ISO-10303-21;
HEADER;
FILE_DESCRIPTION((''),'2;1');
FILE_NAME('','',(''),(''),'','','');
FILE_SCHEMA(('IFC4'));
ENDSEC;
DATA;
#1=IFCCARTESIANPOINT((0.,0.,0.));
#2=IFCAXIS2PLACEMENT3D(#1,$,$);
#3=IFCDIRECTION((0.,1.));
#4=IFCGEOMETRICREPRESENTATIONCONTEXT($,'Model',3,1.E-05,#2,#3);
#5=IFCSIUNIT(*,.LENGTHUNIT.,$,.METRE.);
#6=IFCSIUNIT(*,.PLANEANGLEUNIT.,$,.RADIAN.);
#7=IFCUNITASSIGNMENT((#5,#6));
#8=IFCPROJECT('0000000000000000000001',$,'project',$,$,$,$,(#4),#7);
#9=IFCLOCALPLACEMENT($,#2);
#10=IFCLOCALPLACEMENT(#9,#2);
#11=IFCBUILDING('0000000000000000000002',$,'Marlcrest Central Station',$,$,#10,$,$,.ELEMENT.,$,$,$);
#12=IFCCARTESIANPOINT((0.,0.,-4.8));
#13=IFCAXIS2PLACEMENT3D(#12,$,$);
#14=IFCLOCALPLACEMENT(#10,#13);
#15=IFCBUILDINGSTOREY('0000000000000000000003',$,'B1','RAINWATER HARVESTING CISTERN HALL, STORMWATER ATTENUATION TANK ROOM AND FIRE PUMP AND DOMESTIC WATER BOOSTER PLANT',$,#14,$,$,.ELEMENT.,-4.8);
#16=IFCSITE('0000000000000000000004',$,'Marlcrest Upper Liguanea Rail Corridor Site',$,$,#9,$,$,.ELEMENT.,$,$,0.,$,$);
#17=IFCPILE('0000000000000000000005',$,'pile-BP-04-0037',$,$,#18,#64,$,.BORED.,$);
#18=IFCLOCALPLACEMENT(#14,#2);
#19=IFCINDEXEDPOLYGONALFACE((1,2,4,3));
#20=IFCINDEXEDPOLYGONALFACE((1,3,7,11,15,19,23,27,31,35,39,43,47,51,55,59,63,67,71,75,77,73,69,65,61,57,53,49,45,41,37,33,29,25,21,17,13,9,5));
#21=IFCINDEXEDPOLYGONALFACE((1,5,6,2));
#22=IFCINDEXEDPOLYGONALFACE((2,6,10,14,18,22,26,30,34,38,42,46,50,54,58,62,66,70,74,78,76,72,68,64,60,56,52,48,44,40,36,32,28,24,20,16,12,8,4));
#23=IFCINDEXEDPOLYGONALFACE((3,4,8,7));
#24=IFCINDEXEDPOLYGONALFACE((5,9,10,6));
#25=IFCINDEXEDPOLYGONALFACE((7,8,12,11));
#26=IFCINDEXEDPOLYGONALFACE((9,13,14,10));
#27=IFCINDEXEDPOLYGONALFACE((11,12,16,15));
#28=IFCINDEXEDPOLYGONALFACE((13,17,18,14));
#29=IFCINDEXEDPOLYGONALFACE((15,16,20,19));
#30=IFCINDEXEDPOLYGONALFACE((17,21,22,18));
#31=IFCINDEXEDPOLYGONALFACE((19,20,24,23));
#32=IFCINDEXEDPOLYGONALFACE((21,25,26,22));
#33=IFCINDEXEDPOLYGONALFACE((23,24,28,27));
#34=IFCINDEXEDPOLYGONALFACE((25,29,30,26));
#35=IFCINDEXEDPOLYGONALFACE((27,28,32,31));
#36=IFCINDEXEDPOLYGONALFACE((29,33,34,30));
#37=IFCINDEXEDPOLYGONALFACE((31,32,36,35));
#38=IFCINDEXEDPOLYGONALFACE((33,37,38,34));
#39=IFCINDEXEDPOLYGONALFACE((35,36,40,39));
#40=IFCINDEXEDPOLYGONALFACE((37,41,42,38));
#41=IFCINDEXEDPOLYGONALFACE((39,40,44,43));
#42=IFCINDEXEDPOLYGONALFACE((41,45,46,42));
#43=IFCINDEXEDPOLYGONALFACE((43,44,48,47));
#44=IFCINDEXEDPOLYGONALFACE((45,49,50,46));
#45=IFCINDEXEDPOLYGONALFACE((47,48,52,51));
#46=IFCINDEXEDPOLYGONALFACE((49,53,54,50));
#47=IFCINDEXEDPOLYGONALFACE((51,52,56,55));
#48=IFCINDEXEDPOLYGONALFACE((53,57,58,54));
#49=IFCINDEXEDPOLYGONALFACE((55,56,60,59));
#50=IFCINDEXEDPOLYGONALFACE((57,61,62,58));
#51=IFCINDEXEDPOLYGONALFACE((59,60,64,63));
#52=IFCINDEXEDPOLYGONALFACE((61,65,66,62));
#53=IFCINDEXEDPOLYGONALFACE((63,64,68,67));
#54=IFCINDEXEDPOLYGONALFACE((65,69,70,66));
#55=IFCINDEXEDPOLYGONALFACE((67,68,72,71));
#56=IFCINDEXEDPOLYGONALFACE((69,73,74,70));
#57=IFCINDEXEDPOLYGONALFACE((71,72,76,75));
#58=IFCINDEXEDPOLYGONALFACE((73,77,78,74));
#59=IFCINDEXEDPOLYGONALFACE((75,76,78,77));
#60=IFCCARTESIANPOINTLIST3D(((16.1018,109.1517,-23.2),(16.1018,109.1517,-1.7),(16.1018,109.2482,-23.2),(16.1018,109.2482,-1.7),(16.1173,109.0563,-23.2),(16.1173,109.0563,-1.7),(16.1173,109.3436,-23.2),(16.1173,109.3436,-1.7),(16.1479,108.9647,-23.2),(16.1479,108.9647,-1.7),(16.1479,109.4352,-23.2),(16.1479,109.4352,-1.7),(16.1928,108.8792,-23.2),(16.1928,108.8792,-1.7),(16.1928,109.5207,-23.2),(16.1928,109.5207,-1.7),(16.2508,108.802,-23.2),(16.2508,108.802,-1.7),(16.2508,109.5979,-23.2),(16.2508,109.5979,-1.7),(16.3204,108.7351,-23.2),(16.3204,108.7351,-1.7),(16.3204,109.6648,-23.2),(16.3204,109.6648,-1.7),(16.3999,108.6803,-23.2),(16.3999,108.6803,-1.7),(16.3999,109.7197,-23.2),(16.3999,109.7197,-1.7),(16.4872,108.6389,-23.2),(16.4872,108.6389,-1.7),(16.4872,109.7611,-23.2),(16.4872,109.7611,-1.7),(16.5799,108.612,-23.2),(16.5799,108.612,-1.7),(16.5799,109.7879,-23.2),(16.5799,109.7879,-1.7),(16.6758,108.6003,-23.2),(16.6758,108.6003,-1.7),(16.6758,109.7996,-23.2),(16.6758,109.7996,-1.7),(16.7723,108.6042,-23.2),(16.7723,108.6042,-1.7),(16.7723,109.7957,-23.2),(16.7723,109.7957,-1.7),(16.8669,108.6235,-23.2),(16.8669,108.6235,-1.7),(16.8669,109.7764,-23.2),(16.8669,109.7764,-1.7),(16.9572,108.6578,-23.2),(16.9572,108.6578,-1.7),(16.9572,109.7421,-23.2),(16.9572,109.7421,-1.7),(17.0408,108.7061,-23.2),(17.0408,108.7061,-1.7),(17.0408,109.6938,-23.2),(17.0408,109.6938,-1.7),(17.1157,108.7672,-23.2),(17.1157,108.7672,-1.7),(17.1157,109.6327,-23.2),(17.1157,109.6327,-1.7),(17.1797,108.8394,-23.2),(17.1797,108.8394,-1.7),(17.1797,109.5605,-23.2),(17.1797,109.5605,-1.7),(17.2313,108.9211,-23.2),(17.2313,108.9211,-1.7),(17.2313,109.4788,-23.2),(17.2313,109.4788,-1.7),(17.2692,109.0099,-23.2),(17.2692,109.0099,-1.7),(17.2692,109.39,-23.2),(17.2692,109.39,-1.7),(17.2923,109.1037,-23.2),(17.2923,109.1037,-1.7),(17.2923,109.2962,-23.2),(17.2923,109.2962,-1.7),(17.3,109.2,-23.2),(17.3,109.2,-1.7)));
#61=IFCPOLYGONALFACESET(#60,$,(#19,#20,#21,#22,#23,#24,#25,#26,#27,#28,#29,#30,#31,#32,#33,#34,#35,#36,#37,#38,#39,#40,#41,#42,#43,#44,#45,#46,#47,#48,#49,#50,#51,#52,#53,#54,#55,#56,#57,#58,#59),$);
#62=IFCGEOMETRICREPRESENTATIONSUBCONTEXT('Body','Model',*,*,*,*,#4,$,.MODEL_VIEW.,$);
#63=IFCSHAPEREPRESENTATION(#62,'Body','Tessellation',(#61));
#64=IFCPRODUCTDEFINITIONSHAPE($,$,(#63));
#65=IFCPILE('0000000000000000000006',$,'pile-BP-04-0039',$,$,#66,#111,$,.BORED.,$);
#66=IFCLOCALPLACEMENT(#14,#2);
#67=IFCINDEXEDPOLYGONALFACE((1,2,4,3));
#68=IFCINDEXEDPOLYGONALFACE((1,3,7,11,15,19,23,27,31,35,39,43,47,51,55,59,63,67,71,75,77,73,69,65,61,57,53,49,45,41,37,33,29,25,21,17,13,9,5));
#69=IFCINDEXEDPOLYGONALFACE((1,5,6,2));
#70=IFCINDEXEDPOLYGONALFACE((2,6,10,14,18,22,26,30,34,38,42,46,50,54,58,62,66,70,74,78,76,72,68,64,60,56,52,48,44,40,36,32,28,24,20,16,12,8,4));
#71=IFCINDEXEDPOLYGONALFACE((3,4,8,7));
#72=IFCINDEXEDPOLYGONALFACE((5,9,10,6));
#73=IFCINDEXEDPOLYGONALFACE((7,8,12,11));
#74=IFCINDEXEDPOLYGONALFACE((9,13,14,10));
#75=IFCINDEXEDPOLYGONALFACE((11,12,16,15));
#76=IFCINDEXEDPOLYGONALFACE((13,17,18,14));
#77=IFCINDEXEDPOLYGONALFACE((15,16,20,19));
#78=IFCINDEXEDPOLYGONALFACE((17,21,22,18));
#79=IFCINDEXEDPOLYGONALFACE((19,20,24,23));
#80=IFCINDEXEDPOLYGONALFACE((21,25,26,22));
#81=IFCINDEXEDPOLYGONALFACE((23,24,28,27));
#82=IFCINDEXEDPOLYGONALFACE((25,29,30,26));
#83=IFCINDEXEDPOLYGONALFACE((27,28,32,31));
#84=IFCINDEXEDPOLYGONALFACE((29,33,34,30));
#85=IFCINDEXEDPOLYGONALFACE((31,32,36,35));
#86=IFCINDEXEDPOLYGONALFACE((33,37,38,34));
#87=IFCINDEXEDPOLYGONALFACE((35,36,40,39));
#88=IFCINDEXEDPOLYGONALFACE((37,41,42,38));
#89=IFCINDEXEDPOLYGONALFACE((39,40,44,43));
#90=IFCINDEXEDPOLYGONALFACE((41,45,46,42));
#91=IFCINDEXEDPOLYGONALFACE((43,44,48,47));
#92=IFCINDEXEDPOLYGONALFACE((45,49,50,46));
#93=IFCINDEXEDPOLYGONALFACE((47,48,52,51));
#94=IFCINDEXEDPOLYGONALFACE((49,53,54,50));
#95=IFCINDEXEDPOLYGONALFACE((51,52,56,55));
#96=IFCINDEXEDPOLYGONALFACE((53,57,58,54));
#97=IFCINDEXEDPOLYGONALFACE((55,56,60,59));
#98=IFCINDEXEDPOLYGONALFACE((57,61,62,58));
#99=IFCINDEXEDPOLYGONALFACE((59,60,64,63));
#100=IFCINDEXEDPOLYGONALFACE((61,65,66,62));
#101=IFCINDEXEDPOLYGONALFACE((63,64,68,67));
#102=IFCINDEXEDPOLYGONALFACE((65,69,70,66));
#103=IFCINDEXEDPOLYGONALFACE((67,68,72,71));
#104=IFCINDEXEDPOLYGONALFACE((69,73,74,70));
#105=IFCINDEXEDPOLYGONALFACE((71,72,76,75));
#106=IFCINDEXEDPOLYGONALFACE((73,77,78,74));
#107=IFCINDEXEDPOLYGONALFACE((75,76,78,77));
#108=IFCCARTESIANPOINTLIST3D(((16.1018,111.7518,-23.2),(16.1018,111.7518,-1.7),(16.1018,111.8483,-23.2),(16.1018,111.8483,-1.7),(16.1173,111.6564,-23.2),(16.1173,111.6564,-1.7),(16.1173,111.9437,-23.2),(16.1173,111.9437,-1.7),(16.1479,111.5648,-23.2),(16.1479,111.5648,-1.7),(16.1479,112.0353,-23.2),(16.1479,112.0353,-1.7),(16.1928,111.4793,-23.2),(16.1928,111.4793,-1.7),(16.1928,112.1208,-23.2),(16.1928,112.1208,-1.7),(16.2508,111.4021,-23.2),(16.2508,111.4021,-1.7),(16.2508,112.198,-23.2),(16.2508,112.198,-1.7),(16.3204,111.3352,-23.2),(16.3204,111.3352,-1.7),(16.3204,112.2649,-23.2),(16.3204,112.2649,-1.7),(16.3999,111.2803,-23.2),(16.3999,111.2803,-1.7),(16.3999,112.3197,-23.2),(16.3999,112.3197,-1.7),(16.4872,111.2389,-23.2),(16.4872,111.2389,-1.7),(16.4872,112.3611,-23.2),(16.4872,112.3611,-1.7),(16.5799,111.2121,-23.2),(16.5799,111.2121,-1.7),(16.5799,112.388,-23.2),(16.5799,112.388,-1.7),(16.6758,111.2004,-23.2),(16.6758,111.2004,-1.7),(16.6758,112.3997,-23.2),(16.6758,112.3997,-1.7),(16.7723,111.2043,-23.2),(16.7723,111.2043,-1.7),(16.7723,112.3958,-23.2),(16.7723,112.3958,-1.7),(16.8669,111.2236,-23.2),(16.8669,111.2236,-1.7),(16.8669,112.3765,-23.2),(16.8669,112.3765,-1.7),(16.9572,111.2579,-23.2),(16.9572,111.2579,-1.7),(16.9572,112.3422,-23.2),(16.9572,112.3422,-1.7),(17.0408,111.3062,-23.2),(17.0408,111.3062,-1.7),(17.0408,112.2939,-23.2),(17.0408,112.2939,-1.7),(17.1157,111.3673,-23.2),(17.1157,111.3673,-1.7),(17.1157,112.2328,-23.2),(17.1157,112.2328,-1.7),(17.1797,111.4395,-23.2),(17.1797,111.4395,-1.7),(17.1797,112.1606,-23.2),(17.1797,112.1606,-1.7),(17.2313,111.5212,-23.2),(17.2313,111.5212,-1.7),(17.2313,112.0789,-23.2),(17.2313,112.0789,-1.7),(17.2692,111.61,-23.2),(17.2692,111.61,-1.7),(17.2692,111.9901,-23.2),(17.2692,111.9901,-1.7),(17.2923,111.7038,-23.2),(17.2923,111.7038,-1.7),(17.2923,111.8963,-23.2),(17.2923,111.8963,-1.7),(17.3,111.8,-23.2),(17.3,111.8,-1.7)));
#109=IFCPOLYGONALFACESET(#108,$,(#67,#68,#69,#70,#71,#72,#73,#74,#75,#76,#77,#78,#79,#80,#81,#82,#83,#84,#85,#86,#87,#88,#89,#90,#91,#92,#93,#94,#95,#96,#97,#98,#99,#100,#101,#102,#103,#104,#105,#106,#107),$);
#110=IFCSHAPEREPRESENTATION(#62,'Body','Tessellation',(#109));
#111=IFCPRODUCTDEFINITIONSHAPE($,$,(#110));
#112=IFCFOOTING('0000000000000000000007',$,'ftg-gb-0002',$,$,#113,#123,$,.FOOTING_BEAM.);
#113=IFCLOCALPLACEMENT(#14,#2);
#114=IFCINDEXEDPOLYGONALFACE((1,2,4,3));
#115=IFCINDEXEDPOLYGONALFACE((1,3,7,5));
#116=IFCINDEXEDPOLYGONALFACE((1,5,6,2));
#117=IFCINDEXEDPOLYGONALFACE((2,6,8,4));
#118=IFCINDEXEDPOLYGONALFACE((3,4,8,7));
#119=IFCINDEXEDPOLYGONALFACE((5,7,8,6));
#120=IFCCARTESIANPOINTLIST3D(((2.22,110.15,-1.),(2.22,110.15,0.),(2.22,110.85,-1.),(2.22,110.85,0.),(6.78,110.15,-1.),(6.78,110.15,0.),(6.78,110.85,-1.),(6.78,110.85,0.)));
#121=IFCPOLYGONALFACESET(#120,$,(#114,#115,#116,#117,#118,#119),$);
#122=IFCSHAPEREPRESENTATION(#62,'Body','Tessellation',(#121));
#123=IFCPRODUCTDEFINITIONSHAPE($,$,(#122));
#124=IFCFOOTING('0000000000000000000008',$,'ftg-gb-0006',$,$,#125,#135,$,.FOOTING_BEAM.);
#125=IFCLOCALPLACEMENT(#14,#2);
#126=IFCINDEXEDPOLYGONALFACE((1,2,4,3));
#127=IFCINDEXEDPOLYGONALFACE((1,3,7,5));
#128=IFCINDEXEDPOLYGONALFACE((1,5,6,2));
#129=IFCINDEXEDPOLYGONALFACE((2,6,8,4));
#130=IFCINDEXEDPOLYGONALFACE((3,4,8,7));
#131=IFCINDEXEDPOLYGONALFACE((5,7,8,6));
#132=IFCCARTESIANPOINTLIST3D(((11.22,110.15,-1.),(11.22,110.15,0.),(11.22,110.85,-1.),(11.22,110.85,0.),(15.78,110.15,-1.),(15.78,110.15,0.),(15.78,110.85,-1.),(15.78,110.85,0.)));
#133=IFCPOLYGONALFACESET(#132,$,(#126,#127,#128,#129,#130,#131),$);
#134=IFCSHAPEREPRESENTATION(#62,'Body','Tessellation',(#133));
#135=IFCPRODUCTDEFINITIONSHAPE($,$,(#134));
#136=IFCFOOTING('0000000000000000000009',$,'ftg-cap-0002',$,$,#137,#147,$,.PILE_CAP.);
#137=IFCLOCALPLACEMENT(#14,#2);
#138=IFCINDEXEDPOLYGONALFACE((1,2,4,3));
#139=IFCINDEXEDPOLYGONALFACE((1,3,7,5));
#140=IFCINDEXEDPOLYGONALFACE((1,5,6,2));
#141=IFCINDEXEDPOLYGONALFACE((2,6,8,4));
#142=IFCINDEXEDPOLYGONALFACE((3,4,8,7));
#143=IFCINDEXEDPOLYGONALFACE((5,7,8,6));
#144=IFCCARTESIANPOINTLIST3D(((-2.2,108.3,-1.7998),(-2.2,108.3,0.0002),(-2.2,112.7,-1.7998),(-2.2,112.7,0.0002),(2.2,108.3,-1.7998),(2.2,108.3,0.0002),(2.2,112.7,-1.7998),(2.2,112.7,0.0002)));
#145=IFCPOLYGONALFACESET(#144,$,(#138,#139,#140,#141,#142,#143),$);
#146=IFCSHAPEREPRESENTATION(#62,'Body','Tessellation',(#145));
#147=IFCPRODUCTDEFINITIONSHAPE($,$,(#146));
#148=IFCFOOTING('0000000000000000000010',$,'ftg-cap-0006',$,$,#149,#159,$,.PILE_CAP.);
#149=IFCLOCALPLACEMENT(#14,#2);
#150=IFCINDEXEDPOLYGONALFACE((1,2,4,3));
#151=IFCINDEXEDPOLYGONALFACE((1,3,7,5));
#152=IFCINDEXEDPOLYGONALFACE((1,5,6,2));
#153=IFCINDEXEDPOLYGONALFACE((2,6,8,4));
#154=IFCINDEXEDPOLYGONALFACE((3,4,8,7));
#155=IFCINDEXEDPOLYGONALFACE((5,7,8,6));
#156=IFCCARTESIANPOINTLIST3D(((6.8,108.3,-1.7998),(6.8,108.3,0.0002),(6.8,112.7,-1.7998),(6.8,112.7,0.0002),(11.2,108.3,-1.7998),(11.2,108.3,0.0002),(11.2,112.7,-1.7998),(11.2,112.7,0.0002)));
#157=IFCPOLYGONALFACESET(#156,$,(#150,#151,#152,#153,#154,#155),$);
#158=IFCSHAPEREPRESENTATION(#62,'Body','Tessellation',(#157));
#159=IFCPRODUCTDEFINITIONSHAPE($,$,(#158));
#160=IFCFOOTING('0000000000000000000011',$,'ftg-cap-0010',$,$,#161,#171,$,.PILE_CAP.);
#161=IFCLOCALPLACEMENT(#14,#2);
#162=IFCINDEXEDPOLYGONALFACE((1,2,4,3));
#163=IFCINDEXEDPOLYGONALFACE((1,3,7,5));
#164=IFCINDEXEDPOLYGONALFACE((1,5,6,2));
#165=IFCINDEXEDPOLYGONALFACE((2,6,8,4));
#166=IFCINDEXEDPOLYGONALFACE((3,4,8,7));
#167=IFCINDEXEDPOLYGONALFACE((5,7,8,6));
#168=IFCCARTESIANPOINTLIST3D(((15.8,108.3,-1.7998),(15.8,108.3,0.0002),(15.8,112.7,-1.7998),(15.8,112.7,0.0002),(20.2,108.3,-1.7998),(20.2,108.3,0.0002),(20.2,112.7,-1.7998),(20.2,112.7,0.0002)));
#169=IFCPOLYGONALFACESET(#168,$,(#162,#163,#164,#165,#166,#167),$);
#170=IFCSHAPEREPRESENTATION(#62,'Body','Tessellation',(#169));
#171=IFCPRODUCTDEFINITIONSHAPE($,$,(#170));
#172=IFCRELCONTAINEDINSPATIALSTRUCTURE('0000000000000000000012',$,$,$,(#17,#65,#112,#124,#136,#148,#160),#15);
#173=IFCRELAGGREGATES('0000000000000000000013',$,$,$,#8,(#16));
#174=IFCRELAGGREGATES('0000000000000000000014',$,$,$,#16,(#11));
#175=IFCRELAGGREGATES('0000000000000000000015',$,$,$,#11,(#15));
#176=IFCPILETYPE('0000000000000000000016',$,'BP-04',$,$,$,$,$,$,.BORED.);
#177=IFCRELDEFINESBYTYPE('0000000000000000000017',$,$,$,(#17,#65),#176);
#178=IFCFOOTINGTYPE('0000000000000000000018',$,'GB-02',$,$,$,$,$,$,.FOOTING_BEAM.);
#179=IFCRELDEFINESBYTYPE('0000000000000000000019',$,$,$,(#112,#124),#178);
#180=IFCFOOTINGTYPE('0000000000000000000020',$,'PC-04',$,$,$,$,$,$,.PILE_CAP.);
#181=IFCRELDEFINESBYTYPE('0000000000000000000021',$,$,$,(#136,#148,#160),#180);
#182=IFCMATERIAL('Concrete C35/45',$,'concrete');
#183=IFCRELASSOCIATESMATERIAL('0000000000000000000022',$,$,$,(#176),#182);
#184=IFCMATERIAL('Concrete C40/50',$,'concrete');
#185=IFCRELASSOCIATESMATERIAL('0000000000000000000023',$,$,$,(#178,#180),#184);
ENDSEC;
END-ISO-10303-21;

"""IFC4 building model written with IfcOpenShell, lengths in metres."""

from ifc_helpers import new_model, si_unit, direction, frame, origin, origin_2d, place, context, subcontext, project, spatial, rectangle, circle, extrude, material, material_profile, profile_set, type_object, element, save


model = new_model("IFC4")

# Units and contexts
model_context = context("Model", 3, precision=1e-05, world=origin(), true_north=direction((0.0, 1.0)))
body_context = subcontext(model_context, "Body", "Model", "MODEL_VIEW")
ifc_project = project(units=[si_unit("LENGTHUNIT", "METRE"), si_unit("PLANEANGLEUNIT", "RADIAN")], contexts=[model_context])

# Site, building, storey
site_placement = place(None, origin())
site = spatial("IfcSite", under=ifc_project, at=site_placement, Name="Marlcrest Upper Liguanea Rail Corridor Site", CompositionType="ELEMENT", RefElevation=0.0)
building_placement = place(site_placement, origin())
building = spatial("IfcBuilding", under=site, at=building_placement, Name="Marlcrest Central Station", CompositionType="ELEMENT")
storey_placement = place(building_placement, frame((0.0, 0.0, -4.8)))
storey = spatial("IfcBuildingStorey", under=building, at=storey_placement, Name="B1", Description="RAINWATER HARVESTING CISTERN HALL, STORMWATER ATTENUATION TANK ROOM AND FIRE PUMP AND DOMESTIC WATER BOOSTER PLANT", CompositionType="ELEMENT", Elevation=-4.8)

# Piles
ifc_material_1 = material(Name="Concrete C35/45", Category="concrete")
ifc_material_profile_1 = material_profile(ifc_material_1, circle(Radius=0.6001, at=origin_2d()), Name="PILE D1200")
ifc_profile_set_1 = profile_set([ifc_material_profile_1], Name="Concrete C35/45")
pile_type = type_object("IfcPileType", Name="BP-04", PredefinedType="BORED", material=ifc_profile_set_1)
for number, where, z_axis, x_axis, name in (
    (1, (16.7, 109.2, -1.7), (0.0, 0.0, -1.0), (1.0, 0.0, 0.0), "pile-BP-04-0037"),
    (2, (16.7, 111.8, -1.7), (0.0, 0.0, -1.0), (1.0, 0.0, 0.0), "pile-BP-04-0039"),
):
    element("IfcPile", number, at=place(storey_placement, frame(where, z_axis=z_axis, x_axis=x_axis)), inside=storey, type_object=pile_type, Name=name, PredefinedType="BORED", context=body_context, shape_type="SweptSolid", body=[
        extrude(circle(Radius=0.6001, at=origin_2d()), origin(), (0.0, 0.0, 1.0), 21.5),
    ])

# Footings
ifc_material_2 = material(Name="Concrete C40/50", Category="concrete")
footing_type_1 = type_object("IfcFootingType", Name="GB-02", PredefinedType="FOOTING_BEAM", material=ifc_material_2)
for number, where, z_axis, x_axis, name in (
    (3, (4.5, 110.5, -1.0), (0.0, 0.0, 1.0), (1.0, 0.0, 0.0), "ftg-gb-0002"),
    (4, (13.5, 110.5, -1.0), (0.0, 0.0, 1.0), (1.0, 0.0, 0.0), "ftg-gb-0006"),
):
    element("IfcFooting", number, at=place(storey_placement, frame(where, z_axis=z_axis, x_axis=x_axis)), inside=storey, type_object=footing_type_1, Name=name, PredefinedType="FOOTING_BEAM", context=body_context, shape_type="SweptSolid", body=[
        extrude(rectangle(XDim=4.5601, YDim=0.7, at=origin_2d()), origin(), (0.0, 0.0, 1.0), 1.0),
    ])
footing_type_2 = type_object("IfcFootingType", Name="PC-04", PredefinedType="PILE_CAP", material=ifc_material_2)
for number, where, z_axis, x_axis, name in (
    (5, (0.0, 110.5, -1.7998), (0.0, 0.0, 1.0), (1.0, 0.0, 0.0), "ftg-cap-0002"),
    (6, (9.0, 110.5, -1.7998), (0.0, 0.0, 1.0), (1.0, 0.0, 0.0), "ftg-cap-0006"),
    (7, (18.0, 110.5, -1.7998), (0.0, 0.0, 1.0), (1.0, 0.0, 0.0), "ftg-cap-0010"),
):
    element("IfcFooting", number, at=place(storey_placement, frame(where, z_axis=z_axis, x_axis=x_axis)), inside=storey, type_object=footing_type_2, Name=name, PredefinedType="PILE_CAP", context=body_context, shape_type="SweptSolid", body=[
        extrude(rectangle(XDim=4.3999, YDim=4.3999, at=origin_2d()), origin(), (0.0, 0.0, 1.0), 1.8),
    ])

save(model, "model.ifc")
